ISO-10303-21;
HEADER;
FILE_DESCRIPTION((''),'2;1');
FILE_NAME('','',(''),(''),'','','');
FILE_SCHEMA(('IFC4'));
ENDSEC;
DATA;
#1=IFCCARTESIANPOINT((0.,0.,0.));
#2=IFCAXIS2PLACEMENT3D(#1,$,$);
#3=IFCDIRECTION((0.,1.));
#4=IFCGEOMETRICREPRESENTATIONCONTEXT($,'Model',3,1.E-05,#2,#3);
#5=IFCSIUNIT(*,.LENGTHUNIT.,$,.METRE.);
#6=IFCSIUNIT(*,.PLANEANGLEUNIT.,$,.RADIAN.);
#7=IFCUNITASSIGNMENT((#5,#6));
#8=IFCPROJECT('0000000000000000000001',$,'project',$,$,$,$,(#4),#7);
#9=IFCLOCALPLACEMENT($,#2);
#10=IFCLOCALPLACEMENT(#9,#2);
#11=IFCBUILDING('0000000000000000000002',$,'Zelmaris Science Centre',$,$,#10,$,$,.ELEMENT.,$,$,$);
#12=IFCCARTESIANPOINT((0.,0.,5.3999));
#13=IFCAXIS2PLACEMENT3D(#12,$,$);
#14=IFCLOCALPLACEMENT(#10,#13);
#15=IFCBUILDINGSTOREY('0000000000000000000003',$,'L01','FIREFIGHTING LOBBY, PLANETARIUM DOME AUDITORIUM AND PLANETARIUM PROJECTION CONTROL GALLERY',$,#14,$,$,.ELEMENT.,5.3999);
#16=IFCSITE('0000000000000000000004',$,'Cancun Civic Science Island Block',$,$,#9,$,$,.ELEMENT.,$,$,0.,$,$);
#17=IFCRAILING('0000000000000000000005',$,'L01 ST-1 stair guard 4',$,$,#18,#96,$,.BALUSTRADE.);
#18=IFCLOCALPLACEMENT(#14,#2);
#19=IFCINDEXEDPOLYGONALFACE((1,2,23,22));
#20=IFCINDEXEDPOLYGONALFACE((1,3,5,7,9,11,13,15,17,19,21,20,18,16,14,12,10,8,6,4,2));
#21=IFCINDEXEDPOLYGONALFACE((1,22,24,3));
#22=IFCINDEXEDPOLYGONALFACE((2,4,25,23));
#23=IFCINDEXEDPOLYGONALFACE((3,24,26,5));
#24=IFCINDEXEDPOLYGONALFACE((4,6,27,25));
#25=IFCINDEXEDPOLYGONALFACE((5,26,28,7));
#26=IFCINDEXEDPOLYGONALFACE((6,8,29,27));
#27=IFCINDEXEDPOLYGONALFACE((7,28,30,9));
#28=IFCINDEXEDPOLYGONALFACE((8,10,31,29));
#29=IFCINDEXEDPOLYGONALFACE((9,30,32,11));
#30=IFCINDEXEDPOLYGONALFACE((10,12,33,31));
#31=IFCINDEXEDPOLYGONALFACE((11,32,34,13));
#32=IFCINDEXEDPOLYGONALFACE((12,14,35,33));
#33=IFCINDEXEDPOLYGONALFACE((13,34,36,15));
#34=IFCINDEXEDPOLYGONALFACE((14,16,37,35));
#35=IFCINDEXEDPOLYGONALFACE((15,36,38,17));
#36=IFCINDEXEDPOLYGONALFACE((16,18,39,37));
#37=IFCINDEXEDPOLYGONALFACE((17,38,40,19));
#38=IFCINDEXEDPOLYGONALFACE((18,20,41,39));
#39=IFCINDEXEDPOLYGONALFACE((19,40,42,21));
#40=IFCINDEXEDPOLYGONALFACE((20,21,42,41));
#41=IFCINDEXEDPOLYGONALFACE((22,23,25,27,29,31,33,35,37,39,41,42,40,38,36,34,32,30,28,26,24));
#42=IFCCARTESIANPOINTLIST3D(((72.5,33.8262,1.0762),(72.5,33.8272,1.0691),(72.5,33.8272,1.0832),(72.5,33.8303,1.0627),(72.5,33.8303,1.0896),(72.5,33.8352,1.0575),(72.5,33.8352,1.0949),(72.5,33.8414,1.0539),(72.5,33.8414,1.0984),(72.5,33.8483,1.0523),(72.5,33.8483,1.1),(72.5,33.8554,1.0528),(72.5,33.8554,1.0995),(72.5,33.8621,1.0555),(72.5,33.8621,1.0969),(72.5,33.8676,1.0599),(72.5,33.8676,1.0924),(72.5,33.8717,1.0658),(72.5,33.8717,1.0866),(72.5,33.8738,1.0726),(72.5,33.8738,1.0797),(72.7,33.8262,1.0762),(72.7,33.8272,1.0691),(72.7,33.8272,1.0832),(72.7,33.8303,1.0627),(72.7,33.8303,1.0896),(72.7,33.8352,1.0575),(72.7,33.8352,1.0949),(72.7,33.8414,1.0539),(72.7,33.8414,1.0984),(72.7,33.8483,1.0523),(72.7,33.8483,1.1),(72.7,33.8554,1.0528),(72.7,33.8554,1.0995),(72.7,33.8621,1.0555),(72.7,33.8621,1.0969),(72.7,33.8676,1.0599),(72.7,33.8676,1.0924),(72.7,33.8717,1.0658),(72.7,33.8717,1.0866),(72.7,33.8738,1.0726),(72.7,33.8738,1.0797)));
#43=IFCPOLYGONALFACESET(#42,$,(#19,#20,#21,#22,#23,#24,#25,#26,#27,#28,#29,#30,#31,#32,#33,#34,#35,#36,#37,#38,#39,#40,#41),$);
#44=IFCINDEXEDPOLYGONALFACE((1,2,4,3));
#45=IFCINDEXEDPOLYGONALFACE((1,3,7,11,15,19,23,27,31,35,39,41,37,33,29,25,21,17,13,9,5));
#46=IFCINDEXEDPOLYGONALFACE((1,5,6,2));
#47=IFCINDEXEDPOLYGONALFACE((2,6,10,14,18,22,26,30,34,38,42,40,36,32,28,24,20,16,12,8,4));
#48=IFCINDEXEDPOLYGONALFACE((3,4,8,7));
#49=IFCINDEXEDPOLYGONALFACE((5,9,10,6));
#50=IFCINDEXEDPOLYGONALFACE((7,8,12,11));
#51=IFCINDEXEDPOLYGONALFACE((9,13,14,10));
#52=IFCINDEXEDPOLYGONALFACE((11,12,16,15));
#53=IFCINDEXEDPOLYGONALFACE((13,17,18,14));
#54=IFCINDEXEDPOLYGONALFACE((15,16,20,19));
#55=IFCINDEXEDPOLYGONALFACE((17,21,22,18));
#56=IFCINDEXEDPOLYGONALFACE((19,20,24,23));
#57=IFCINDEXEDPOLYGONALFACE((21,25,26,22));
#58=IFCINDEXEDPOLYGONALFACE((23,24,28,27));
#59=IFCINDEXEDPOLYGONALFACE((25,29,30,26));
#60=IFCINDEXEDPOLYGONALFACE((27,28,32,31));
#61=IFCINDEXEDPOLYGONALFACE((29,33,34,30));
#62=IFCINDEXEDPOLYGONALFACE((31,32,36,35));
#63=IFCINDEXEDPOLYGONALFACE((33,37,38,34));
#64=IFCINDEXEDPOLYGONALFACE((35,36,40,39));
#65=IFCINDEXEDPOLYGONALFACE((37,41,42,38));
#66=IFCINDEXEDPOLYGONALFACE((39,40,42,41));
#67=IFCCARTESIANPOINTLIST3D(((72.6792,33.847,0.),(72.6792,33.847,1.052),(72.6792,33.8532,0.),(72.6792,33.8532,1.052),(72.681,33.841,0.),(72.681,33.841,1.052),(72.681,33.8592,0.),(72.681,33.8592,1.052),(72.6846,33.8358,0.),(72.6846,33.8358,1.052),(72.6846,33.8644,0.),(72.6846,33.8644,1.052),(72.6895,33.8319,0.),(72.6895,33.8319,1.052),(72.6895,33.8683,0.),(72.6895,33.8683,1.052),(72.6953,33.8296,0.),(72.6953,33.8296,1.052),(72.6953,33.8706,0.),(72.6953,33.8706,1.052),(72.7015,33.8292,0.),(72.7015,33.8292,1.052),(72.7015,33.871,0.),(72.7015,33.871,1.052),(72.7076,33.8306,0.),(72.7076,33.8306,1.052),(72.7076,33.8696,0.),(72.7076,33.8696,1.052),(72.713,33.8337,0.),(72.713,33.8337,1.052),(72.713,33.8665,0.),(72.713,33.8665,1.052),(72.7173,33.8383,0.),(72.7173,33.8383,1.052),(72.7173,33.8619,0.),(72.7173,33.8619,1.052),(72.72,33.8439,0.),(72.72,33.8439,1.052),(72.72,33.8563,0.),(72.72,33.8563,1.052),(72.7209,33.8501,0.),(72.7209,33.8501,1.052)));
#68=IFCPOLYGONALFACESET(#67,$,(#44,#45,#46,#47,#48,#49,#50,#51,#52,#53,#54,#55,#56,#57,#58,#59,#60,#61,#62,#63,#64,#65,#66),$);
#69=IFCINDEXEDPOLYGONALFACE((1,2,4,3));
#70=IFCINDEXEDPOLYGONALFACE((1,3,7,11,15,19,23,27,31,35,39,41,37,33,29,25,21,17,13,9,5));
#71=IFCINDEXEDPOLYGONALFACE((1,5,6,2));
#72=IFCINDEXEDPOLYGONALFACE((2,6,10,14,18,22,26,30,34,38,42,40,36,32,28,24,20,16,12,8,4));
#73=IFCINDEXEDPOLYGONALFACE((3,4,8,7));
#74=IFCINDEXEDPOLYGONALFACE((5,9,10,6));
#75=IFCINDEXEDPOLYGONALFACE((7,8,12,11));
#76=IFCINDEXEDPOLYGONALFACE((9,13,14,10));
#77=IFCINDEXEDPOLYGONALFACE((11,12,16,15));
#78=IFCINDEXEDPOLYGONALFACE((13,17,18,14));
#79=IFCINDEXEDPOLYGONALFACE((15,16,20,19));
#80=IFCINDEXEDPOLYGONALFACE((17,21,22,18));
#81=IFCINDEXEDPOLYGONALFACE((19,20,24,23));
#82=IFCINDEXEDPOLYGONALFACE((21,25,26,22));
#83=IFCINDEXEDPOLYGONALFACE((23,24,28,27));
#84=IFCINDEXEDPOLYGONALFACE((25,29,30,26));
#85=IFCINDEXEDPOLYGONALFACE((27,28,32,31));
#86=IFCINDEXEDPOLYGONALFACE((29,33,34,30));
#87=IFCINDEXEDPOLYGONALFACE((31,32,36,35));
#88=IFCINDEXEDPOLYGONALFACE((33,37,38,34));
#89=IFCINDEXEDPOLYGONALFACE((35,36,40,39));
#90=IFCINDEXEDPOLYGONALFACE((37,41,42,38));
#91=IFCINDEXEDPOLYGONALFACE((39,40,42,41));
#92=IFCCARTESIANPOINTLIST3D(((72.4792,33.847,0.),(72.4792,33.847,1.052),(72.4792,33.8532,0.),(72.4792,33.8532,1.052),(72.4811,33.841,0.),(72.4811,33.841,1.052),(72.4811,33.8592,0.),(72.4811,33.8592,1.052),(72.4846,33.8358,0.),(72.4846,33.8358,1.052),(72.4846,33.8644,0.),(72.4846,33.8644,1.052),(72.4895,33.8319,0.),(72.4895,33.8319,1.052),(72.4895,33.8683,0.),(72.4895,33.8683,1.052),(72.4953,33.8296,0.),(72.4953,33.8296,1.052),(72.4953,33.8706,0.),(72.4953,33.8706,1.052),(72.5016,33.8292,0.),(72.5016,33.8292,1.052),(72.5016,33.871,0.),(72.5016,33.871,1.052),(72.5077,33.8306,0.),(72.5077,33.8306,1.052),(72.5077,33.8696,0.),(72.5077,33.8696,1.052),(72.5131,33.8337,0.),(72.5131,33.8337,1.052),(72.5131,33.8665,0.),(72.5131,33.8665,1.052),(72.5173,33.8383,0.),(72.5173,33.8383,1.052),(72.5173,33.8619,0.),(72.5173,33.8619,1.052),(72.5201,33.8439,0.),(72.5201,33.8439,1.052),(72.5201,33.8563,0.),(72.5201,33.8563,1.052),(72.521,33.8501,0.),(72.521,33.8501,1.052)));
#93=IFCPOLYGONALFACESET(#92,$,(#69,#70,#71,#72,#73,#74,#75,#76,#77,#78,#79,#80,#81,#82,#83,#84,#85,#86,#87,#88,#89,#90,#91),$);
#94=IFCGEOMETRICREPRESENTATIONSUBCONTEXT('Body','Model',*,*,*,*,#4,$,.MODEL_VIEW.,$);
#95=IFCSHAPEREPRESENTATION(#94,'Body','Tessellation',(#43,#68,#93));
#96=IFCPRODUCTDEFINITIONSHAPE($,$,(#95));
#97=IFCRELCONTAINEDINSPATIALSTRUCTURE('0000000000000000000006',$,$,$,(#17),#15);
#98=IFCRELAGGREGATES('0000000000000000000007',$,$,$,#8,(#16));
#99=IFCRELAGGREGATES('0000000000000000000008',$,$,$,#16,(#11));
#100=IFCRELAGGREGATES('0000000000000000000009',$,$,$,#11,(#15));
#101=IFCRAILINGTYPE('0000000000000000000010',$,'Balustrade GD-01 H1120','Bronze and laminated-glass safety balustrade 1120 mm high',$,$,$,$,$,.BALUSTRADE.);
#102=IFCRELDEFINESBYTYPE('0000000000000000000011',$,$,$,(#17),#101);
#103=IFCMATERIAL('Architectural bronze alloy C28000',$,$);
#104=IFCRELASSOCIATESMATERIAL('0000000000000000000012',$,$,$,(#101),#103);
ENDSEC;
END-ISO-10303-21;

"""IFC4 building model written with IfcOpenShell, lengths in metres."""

from ifc_helpers import new_model, si_unit, direction, frame, origin, origin_2d, place, context, subcontext, project, spatial, circle, extrude, material, type_object, element, save


model = new_model("IFC4")

# Units and contexts
model_context = context("Model", 3, precision=1e-05, world=origin(), true_north=direction((0.0, 1.0)))
body_context = subcontext(model_context, "Body", "Model", "MODEL_VIEW")
ifc_project = project(units=[si_unit("LENGTHUNIT", "METRE"), si_unit("PLANEANGLEUNIT", "RADIAN")], contexts=[model_context])

# Site, building, storey
site_placement = place(None, origin())
site = spatial("IfcSite", under=ifc_project, at=site_placement, Name="Cancun Civic Science Island Block", CompositionType="ELEMENT", RefElevation=0.0)
building_placement = place(site_placement, origin())
building = spatial("IfcBuilding", under=site, at=building_placement, Name="Zelmaris Science Centre", CompositionType="ELEMENT")
storey_placement = place(building_placement, frame((0.0, 0.0, 5.3999)))
storey = spatial("IfcBuildingStorey", under=building, at=storey_placement, Name="L01", Description="FIREFIGHTING LOBBY, PLANETARIUM DOME AUDITORIUM AND PLANETARIUM PROJECTION CONTROL GALLERY", CompositionType="ELEMENT", Elevation=5.3999)

# Railing
ifc_material_1 = material(Name="Architectural bronze alloy C28000")
railing_type_1 = type_object("IfcRailingType", Name="Balustrade GD-01 H1120", Description="Bronze and laminated-glass safety balustrade 1120 mm high", PredefinedType="BALUSTRADE", material=ifc_material_1)
railing_1_placement = place(storey_placement, frame((72.7, 33.8501, 0.0)))
element("IfcRailing", 1, at=railing_1_placement, inside=storey, type_object=railing_type_1, Name="L01 ST-1 stair guard 4", PredefinedType="BALUSTRADE", context=body_context, shape_type="SweptSolid", body=[
    extrude(circle(Radius=0.0239, at=origin_2d()), frame((0.0, 0.0, 1.0762), z_axis=(-1.0, 0.0, 0.0), x_axis=(0.0, -1.0, 0.0)), (0.0, 0.0, 1.0), 0.2),
    extrude(circle(Radius=0.021, at=origin_2d()), origin(), (0.0, 0.0, 1.0), 1.052),
    extrude(circle(Radius=0.021, at=origin_2d()), frame((-0.2, 0.0, 0.0)), (0.0, 0.0, 1.0), 1.052),
])

save(model, "model.ifc")
